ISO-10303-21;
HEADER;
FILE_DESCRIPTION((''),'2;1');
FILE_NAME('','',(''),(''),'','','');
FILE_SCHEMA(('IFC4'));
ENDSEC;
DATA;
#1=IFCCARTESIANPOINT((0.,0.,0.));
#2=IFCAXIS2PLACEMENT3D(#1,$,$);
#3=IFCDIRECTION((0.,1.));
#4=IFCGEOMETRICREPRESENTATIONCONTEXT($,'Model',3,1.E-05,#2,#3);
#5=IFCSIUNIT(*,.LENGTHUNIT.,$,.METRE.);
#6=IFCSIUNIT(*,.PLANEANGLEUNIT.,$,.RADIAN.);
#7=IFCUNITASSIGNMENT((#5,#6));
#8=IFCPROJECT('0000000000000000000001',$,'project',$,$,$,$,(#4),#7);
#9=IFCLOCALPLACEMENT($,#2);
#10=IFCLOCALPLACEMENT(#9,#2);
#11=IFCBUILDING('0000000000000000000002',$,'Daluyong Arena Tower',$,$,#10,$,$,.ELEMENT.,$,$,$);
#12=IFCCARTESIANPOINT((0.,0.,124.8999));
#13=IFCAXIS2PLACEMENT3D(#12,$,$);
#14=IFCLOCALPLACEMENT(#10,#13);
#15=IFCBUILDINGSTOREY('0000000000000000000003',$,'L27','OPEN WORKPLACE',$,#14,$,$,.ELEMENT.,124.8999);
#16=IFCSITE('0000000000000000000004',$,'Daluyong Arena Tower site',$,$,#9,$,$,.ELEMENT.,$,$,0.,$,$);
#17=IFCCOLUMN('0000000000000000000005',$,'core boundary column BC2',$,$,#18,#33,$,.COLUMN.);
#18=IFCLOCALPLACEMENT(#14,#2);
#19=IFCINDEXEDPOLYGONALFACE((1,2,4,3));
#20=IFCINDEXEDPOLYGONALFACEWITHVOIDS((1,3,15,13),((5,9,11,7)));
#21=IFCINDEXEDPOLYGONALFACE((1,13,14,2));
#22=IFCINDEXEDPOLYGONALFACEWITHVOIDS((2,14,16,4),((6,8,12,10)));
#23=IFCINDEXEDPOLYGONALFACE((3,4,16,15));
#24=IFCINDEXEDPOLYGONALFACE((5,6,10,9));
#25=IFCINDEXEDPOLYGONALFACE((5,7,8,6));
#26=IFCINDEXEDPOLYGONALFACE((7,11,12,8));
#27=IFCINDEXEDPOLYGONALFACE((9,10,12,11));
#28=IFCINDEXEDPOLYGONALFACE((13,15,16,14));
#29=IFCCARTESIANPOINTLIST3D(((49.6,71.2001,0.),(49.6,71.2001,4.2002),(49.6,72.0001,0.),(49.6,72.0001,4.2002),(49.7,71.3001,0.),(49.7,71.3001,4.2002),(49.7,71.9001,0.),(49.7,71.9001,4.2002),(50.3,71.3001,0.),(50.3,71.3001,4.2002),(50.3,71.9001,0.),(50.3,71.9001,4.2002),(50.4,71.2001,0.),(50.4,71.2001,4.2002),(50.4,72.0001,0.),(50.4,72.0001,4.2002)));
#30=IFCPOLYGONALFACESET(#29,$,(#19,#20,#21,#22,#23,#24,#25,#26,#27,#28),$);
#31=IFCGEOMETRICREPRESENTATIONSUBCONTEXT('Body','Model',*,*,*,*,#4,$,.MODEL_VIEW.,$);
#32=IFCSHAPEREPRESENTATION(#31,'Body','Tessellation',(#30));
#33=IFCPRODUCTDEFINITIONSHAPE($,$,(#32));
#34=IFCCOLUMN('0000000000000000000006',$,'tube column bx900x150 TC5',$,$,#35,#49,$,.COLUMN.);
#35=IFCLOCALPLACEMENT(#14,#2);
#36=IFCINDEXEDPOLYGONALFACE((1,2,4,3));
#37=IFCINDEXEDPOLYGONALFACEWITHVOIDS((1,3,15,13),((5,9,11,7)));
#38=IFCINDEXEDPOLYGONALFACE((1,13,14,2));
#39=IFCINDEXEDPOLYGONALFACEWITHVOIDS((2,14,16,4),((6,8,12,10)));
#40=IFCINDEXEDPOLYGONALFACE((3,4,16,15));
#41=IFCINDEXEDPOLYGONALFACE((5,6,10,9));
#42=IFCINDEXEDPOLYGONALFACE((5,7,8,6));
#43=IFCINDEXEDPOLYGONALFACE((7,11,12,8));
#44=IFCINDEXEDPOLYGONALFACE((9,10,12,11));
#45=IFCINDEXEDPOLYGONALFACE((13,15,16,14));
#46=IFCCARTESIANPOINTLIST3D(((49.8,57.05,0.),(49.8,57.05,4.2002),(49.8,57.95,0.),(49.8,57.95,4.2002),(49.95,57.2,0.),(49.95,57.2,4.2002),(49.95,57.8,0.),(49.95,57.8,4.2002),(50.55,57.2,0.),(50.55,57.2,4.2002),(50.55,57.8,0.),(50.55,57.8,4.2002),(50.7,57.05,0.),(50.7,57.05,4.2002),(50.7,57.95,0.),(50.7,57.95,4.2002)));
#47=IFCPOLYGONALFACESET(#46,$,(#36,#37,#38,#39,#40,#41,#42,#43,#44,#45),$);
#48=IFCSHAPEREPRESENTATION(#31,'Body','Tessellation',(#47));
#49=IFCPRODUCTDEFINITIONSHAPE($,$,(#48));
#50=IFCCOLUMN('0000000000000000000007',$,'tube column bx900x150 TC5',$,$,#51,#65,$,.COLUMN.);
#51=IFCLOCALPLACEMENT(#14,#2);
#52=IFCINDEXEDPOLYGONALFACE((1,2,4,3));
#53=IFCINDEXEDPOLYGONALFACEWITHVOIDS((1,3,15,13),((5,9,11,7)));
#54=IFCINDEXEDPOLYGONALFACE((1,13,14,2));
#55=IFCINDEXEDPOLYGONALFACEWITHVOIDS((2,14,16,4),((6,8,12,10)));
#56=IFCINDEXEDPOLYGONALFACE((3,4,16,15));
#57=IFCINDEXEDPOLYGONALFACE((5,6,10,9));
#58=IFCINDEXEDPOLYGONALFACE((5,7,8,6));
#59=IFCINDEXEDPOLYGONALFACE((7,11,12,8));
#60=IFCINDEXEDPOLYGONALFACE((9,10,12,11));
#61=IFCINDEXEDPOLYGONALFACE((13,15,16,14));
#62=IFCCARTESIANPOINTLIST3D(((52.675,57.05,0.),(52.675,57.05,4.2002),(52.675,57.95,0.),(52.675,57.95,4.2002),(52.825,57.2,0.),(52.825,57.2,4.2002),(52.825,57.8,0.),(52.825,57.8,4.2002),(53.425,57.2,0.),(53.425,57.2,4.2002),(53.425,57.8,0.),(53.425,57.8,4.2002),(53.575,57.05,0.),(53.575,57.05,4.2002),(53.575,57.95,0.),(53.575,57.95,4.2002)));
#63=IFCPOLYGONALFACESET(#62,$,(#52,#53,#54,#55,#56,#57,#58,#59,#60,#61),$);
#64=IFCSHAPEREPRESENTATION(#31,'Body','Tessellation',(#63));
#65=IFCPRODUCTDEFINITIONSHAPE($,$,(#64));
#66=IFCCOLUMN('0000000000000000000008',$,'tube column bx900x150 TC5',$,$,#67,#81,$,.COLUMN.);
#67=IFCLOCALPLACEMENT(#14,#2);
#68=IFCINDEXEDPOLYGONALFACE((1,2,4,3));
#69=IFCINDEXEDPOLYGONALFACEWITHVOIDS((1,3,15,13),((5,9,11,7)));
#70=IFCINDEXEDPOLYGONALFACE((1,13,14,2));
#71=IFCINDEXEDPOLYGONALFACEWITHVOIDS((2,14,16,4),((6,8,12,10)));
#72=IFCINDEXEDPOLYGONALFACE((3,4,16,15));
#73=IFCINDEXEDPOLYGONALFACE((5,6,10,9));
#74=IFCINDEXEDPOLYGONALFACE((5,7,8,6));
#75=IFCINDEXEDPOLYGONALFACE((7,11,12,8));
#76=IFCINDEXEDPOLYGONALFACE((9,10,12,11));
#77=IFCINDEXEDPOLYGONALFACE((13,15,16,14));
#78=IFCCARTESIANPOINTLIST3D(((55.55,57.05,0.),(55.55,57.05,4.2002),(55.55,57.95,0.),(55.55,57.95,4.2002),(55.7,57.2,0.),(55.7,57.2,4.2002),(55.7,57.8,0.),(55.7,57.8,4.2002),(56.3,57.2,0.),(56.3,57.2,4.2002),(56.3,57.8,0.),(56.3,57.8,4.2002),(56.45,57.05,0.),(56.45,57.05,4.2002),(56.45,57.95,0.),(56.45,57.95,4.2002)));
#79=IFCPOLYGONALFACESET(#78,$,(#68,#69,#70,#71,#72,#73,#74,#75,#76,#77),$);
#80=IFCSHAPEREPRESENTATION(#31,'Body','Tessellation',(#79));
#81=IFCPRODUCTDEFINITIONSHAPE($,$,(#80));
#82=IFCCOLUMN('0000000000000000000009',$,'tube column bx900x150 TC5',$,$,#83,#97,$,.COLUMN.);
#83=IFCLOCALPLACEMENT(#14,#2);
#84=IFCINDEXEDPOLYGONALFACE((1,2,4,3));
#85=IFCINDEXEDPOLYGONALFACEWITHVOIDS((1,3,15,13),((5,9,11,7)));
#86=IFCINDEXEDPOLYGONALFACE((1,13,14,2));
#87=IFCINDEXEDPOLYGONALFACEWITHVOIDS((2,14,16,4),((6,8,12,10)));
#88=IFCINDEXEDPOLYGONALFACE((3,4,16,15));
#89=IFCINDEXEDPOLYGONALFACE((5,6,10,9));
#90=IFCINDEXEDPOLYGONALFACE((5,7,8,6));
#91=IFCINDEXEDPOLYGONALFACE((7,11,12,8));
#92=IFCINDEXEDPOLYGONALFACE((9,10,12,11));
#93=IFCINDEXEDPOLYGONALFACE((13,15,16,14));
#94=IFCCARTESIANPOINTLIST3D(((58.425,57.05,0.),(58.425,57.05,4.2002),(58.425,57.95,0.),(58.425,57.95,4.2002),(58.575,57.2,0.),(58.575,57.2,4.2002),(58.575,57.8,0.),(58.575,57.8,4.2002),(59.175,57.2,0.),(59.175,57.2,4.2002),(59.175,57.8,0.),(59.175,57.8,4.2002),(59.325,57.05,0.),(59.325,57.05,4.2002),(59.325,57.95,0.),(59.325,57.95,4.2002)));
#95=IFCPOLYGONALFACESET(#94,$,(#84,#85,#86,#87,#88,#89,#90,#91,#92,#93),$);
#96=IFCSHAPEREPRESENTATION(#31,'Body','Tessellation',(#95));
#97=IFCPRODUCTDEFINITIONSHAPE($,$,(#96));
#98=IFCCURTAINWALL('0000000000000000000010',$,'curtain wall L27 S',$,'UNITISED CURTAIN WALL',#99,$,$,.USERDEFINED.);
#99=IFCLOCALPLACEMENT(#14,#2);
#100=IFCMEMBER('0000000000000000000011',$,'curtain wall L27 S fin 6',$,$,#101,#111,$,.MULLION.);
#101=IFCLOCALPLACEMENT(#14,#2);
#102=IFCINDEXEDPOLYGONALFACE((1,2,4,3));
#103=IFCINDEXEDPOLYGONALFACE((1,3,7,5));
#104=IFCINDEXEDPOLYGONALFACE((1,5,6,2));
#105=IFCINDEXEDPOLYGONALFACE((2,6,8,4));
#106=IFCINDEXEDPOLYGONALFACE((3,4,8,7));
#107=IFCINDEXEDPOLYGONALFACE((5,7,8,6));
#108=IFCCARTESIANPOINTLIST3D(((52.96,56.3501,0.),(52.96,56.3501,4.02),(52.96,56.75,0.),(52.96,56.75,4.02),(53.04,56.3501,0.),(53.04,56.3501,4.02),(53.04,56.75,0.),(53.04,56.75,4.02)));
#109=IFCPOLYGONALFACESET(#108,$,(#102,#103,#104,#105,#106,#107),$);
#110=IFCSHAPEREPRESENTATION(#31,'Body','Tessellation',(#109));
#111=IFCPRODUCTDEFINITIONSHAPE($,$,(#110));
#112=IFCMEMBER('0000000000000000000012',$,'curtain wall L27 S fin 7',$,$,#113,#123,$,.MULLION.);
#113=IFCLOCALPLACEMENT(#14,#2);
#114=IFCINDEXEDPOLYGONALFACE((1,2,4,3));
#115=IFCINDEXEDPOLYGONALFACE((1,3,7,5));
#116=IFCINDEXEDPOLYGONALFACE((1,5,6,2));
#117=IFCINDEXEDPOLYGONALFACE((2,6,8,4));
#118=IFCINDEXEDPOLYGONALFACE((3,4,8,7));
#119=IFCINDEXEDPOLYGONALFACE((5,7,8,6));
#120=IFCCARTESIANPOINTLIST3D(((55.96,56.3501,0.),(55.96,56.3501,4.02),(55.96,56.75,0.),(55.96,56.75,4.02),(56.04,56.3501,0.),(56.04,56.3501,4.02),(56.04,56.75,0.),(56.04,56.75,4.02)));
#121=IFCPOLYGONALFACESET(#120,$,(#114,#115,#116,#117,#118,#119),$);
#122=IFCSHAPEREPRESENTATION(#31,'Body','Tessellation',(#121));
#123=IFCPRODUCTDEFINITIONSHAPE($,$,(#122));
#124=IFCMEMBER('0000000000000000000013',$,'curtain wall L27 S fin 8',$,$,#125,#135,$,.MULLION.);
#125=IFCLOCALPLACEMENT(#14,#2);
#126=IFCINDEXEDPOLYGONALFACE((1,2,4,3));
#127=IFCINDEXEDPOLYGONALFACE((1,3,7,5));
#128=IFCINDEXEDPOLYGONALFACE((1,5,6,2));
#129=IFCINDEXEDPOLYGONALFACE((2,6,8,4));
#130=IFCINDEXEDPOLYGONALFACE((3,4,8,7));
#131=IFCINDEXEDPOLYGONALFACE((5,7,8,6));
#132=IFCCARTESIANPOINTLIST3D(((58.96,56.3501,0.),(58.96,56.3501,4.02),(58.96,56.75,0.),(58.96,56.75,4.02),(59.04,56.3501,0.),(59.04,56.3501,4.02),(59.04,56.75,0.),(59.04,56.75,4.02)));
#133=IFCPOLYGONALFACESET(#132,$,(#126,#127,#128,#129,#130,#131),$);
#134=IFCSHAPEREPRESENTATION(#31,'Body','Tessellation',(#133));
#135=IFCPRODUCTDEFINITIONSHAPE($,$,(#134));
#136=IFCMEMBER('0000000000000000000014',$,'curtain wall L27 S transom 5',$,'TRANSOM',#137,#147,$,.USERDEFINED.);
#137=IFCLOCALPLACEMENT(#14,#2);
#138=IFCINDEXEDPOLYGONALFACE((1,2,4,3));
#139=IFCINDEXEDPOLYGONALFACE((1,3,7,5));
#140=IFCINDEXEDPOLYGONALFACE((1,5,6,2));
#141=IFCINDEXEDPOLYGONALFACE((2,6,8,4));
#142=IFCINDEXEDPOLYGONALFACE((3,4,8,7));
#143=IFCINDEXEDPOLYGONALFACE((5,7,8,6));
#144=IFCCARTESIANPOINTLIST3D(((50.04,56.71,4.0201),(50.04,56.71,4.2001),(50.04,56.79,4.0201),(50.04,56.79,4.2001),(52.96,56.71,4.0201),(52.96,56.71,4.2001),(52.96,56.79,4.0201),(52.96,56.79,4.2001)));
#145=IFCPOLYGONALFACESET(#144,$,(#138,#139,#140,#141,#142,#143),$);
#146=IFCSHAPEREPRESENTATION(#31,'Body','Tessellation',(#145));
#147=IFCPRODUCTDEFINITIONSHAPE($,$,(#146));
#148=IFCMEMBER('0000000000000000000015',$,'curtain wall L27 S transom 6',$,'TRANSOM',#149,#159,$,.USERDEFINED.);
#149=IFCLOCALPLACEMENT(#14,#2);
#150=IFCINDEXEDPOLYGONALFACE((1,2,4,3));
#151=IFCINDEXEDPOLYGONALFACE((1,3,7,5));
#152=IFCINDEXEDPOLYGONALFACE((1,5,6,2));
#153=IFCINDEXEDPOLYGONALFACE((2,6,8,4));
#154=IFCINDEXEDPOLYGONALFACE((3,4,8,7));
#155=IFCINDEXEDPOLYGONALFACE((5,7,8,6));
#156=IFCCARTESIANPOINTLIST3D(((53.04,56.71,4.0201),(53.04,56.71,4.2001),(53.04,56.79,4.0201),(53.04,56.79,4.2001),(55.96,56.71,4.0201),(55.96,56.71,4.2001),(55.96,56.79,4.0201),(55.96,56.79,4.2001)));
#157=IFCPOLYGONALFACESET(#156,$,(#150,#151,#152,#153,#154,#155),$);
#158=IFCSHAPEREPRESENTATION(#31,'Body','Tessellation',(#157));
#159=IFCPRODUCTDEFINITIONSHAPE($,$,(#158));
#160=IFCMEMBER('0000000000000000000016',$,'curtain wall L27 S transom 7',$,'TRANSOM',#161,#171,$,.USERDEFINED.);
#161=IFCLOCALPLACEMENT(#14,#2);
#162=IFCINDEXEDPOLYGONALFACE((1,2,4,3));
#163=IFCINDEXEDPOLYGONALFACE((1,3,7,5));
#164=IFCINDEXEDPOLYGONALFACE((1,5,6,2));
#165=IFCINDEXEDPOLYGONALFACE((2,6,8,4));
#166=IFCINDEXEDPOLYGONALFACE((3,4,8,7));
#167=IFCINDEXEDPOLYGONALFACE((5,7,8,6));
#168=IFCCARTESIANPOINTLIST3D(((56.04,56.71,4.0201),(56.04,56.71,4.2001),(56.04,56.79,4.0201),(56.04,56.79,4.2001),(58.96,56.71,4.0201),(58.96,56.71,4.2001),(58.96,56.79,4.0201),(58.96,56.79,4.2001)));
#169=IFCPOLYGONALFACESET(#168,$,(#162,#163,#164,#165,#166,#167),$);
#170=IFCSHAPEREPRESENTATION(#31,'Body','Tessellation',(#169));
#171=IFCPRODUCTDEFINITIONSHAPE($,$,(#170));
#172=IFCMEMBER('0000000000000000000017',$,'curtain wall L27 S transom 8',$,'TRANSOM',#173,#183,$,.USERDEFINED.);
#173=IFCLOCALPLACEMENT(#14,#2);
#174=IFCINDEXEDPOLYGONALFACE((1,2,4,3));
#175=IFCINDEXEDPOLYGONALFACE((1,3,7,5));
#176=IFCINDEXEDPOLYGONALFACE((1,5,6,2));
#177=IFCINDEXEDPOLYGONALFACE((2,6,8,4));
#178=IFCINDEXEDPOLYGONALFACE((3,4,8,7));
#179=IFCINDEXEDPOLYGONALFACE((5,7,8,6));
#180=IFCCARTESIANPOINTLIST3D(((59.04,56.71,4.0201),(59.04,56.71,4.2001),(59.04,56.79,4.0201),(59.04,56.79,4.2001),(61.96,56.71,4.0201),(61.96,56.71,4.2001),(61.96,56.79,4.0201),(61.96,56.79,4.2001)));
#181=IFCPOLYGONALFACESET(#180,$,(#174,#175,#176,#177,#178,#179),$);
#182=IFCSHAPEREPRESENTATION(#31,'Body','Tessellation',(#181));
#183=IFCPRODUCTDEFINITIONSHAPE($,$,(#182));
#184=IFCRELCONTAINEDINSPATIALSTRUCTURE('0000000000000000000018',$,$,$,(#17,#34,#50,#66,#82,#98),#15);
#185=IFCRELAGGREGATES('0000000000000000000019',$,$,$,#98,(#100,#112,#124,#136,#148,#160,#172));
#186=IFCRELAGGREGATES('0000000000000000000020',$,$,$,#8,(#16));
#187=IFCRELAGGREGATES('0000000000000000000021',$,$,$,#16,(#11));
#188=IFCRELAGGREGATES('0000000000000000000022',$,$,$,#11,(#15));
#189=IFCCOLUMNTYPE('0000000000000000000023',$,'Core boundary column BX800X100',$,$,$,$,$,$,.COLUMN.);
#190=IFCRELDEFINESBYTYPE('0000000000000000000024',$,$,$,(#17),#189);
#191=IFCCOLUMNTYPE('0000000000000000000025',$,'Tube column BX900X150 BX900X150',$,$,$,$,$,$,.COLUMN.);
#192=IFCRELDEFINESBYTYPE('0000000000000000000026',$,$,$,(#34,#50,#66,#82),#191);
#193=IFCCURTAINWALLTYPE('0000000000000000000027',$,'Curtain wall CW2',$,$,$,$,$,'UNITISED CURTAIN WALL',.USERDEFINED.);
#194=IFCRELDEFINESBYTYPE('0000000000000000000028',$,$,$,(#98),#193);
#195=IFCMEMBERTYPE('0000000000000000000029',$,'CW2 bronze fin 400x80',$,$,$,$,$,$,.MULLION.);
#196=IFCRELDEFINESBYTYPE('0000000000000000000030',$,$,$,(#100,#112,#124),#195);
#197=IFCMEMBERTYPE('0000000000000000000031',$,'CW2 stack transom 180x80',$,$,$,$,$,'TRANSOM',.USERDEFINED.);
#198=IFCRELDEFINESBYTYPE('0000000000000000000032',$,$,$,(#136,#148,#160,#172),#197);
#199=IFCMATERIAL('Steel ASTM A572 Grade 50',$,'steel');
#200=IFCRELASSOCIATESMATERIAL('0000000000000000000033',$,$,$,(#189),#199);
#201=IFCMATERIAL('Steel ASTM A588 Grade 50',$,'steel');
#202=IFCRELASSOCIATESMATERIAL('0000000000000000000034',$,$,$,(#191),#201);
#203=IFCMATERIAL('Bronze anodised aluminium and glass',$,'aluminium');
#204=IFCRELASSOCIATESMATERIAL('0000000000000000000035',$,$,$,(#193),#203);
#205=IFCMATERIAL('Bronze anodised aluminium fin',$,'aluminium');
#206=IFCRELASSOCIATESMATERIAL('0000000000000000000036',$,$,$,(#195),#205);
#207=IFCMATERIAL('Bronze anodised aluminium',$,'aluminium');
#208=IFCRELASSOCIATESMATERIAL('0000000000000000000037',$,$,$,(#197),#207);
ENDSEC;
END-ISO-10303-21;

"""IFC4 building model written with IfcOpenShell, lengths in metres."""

from ifc_helpers import new_model, si_unit, direction, frame, origin, origin_2d, place, context, subcontext, project, spatial, rectangle, hollow_rectangle, extrude, material, material_profile, profile_set, type_object, element, aggregate, save


model = new_model("IFC4")

# Units and contexts
model_context = context("Model", 3, precision=1e-05, world=origin(), true_north=direction((0.0, 1.0)))
body_context = subcontext(model_context, "Body", "Model", "MODEL_VIEW")
ifc_project = project(units=[si_unit("LENGTHUNIT", "METRE"), si_unit("PLANEANGLEUNIT", "RADIAN")], contexts=[model_context])

# Site, building, storey
site_placement = place(None, origin())
site = spatial("IfcSite", under=ifc_project, at=site_placement, Name="Daluyong Arena Tower site", CompositionType="ELEMENT", RefElevation=0.0)
building_placement = place(site_placement, origin())
building = spatial("IfcBuilding", under=site, at=building_placement, Name="Daluyong Arena Tower", CompositionType="ELEMENT")
storey_placement = place(building_placement, frame((0.0, 0.0, 124.8999)))
storey = spatial("IfcBuildingStorey", under=building, at=storey_placement, Name="L27", Description="OPEN WORKPLACE", CompositionType="ELEMENT", Elevation=124.8999)

# Columns
ifc_material_1 = material(Name="Steel ASTM A572 Grade 50", Category="steel")
ifc_material_profile_1 = material_profile(ifc_material_1, hollow_rectangle(XDim=0.8, YDim=0.8, WallThickness=0.1, at=origin_2d()))
ifc_profile_set_1 = profile_set([ifc_material_profile_1], Name="Steel ASTM A572 Grade 50")
column_type_1 = type_object("IfcColumnType", Name="Core boundary column BX800X100", PredefinedType="COLUMN", material=ifc_profile_set_1)
column_placement = place(storey_placement, frame((50.0, 71.6001, 0.0), z_axis=(0.0, 0.0, 1.0), x_axis=(1.0, 0.0, 0.0)))
element("IfcColumn", 1, at=column_placement, inside=storey, type_object=column_type_1, Name="core boundary column BC2", PredefinedType="COLUMN", context=body_context, shape_type="SweptSolid", body=[
    extrude(hollow_rectangle(XDim=0.8, YDim=0.8, WallThickness=0.1, at=origin_2d()), origin(), (0.0, 0.0, 1.0), 4.2002),
])
ifc_material_2 = material(Name="Steel ASTM A588 Grade 50", Category="steel")
ifc_material_profile_2 = material_profile(ifc_material_2, hollow_rectangle(XDim=0.8999, YDim=0.8999, WallThickness=0.15, at=origin_2d()))
ifc_profile_set_2 = profile_set([ifc_material_profile_2], Name="Steel ASTM A588 Grade 50")
column_type_2 = type_object("IfcColumnType", Name="Tube column BX900X150 BX900X150", PredefinedType="COLUMN", material=ifc_profile_set_2)
for number, where, z_axis, x_axis, name in (
    (2, (50.25, 57.5, 0.0), (0.0, 0.0, 1.0), (1.0, 0.0, 0.0), "tube column bx900x150 TC5"),
    (3, (53.125, 57.5, 0.0), (0.0, 0.0, 1.0), (1.0, 0.0, 0.0), "tube column bx900x150 TC5"),
    (4, (56.0, 57.5, 0.0), (0.0, 0.0, 1.0), (1.0, 0.0, 0.0), "tube column bx900x150 TC5"),
    (5, (58.875, 57.5, 0.0), (0.0, 0.0, 1.0), (1.0, 0.0, 0.0), "tube column bx900x150 TC5"),
):
    element("IfcColumn", number, at=place(storey_placement, frame(where, z_axis=z_axis, x_axis=x_axis)), inside=storey, type_object=column_type_2, Name=name, PredefinedType="COLUMN", context=body_context, shape_type="SweptSolid", body=[
        extrude(hollow_rectangle(XDim=0.8999, YDim=0.8999, WallThickness=0.15, at=origin_2d()), origin(), (0.0, 0.0, 1.0), 4.2002),
    ])

# Curtain wall, members
ifc_material_3 = material(Name="Bronze anodised aluminium and glass", Category="aluminium")
curtain_wall_type = type_object("IfcCurtainWallType", Name="Curtain wall CW2", ElementType="UNITISED CURTAIN WALL", PredefinedType="USERDEFINED", material=ifc_material_3)
curtain_wall_placement = place(storey_placement, origin())
curtain_wall = element("IfcCurtainWall", 6, at=curtain_wall_placement, inside=storey, type_object=curtain_wall_type, Name="curtain wall L27 S", ObjectType="UNITISED CURTAIN WALL", PredefinedType="USERDEFINED")
ifc_material_4 = material(Name="Bronze anodised aluminium fin", Category="aluminium")
ifc_material_profile_3 = material_profile(ifc_material_4, rectangle(XDim=0.3999, YDim=0.0801, at=origin_2d()))
ifc_profile_set_3 = profile_set([ifc_material_profile_3], Name="Bronze anodised aluminium fin")
member_type_1 = type_object("IfcMemberType", Name="CW2 bronze fin 400x80", PredefinedType="MULLION", material=ifc_profile_set_3)
member_1_placement = place(storey_placement, frame((53.0, 56.55, 0.0), z_axis=(0.0, 0.0, 1.0), x_axis=(0.0, 1.0, 0.0)))
member_1 = element("IfcMember", 7, at=member_1_placement, type_object=member_type_1, Name="curtain wall L27 S fin 6", PredefinedType="MULLION", context=body_context, shape_type="SweptSolid", body=[
    extrude(rectangle(XDim=0.3999, YDim=0.0801, at=origin_2d()), origin(), (0.0, 0.0, 1.0), 4.02),
])
member_2_placement = place(storey_placement, frame((56.0, 56.55, 0.0), z_axis=(0.0, 0.0, 1.0), x_axis=(0.0, 1.0, 0.0)))
member_2 = element("IfcMember", 8, at=member_2_placement, type_object=member_type_1, Name="curtain wall L27 S fin 7", PredefinedType="MULLION", context=body_context, shape_type="SweptSolid", body=[
    extrude(rectangle(XDim=0.3999, YDim=0.0801, at=origin_2d()), origin(), (0.0, 0.0, 1.0), 4.02),
])
member_3_placement = place(storey_placement, frame((59.0, 56.55, 0.0), z_axis=(0.0, 0.0, 1.0), x_axis=(0.0, 1.0, 0.0)))
member_3 = element("IfcMember", 9, at=member_3_placement, type_object=member_type_1, Name="curtain wall L27 S fin 8", PredefinedType="MULLION", context=body_context, shape_type="SweptSolid", body=[
    extrude(rectangle(XDim=0.3999, YDim=0.0801, at=origin_2d()), origin(), (0.0, 0.0, 1.0), 4.02),
])
ifc_material_5 = material(Name="Bronze anodised aluminium", Category="aluminium")
ifc_material_profile_4 = material_profile(ifc_material_5, rectangle(XDim=0.0801, YDim=0.1799, at=origin_2d()))
ifc_profile_set_4 = profile_set([ifc_material_profile_4], Name="Bronze anodised aluminium")
member_type_2 = type_object("IfcMemberType", Name="CW2 stack transom 180x80", ElementType="TRANSOM", PredefinedType="USERDEFINED", material=ifc_profile_set_4)
member_4_placement = place(storey_placement, frame((50.04, 56.75, 4.1101), z_axis=(1.0, 0.0, 0.0), x_axis=(0.0, 1.0, 0.0)))
member_4 = element("IfcMember", 10, at=member_4_placement, type_object=member_type_2, Name="curtain wall L27 S transom 5", ObjectType="TRANSOM", PredefinedType="USERDEFINED", context=body_context, shape_type="SweptSolid", body=[
    extrude(rectangle(XDim=0.0801, YDim=0.1799, at=origin_2d()), origin(), (0.0, 0.0, 1.0), 2.9199),
])
member_5_placement = place(storey_placement, frame((53.04, 56.75, 4.1101), z_axis=(1.0, 0.0, 0.0), x_axis=(0.0, 1.0, 0.0)))
member_5 = element("IfcMember", 11, at=member_5_placement, type_object=member_type_2, Name="curtain wall L27 S transom 6", ObjectType="TRANSOM", PredefinedType="USERDEFINED", context=body_context, shape_type="SweptSolid", body=[
    extrude(rectangle(XDim=0.0801, YDim=0.1799, at=origin_2d()), origin(), (0.0, 0.0, 1.0), 2.9199),
])
member_6_placement = place(storey_placement, frame((56.04, 56.75, 4.1101), z_axis=(1.0, 0.0, 0.0), x_axis=(0.0, 1.0, 0.0)))
member_6 = element("IfcMember", 12, at=member_6_placement, type_object=member_type_2, Name="curtain wall L27 S transom 7", ObjectType="TRANSOM", PredefinedType="USERDEFINED", context=body_context, shape_type="SweptSolid", body=[
    extrude(rectangle(XDim=0.0801, YDim=0.1799, at=origin_2d()), origin(), (0.0, 0.0, 1.0), 2.9199),
])
member_7_placement = place(storey_placement, frame((59.04, 56.75, 4.1101), z_axis=(1.0, 0.0, 0.0), x_axis=(0.0, 1.0, 0.0)))
member_7 = element("IfcMember", 13, at=member_7_placement, type_object=member_type_2, Name="curtain wall L27 S transom 8", ObjectType="TRANSOM", PredefinedType="USERDEFINED", context=body_context, shape_type="SweptSolid", body=[
    extrude(rectangle(XDim=0.0801, YDim=0.1799, at=origin_2d()), origin(), (0.0, 0.0, 1.0), 2.9199),
])

aggregate(curtain_wall, [member_1, member_2, member_3, member_4, member_5, member_6, member_7])

save(model, "model.ifc")
